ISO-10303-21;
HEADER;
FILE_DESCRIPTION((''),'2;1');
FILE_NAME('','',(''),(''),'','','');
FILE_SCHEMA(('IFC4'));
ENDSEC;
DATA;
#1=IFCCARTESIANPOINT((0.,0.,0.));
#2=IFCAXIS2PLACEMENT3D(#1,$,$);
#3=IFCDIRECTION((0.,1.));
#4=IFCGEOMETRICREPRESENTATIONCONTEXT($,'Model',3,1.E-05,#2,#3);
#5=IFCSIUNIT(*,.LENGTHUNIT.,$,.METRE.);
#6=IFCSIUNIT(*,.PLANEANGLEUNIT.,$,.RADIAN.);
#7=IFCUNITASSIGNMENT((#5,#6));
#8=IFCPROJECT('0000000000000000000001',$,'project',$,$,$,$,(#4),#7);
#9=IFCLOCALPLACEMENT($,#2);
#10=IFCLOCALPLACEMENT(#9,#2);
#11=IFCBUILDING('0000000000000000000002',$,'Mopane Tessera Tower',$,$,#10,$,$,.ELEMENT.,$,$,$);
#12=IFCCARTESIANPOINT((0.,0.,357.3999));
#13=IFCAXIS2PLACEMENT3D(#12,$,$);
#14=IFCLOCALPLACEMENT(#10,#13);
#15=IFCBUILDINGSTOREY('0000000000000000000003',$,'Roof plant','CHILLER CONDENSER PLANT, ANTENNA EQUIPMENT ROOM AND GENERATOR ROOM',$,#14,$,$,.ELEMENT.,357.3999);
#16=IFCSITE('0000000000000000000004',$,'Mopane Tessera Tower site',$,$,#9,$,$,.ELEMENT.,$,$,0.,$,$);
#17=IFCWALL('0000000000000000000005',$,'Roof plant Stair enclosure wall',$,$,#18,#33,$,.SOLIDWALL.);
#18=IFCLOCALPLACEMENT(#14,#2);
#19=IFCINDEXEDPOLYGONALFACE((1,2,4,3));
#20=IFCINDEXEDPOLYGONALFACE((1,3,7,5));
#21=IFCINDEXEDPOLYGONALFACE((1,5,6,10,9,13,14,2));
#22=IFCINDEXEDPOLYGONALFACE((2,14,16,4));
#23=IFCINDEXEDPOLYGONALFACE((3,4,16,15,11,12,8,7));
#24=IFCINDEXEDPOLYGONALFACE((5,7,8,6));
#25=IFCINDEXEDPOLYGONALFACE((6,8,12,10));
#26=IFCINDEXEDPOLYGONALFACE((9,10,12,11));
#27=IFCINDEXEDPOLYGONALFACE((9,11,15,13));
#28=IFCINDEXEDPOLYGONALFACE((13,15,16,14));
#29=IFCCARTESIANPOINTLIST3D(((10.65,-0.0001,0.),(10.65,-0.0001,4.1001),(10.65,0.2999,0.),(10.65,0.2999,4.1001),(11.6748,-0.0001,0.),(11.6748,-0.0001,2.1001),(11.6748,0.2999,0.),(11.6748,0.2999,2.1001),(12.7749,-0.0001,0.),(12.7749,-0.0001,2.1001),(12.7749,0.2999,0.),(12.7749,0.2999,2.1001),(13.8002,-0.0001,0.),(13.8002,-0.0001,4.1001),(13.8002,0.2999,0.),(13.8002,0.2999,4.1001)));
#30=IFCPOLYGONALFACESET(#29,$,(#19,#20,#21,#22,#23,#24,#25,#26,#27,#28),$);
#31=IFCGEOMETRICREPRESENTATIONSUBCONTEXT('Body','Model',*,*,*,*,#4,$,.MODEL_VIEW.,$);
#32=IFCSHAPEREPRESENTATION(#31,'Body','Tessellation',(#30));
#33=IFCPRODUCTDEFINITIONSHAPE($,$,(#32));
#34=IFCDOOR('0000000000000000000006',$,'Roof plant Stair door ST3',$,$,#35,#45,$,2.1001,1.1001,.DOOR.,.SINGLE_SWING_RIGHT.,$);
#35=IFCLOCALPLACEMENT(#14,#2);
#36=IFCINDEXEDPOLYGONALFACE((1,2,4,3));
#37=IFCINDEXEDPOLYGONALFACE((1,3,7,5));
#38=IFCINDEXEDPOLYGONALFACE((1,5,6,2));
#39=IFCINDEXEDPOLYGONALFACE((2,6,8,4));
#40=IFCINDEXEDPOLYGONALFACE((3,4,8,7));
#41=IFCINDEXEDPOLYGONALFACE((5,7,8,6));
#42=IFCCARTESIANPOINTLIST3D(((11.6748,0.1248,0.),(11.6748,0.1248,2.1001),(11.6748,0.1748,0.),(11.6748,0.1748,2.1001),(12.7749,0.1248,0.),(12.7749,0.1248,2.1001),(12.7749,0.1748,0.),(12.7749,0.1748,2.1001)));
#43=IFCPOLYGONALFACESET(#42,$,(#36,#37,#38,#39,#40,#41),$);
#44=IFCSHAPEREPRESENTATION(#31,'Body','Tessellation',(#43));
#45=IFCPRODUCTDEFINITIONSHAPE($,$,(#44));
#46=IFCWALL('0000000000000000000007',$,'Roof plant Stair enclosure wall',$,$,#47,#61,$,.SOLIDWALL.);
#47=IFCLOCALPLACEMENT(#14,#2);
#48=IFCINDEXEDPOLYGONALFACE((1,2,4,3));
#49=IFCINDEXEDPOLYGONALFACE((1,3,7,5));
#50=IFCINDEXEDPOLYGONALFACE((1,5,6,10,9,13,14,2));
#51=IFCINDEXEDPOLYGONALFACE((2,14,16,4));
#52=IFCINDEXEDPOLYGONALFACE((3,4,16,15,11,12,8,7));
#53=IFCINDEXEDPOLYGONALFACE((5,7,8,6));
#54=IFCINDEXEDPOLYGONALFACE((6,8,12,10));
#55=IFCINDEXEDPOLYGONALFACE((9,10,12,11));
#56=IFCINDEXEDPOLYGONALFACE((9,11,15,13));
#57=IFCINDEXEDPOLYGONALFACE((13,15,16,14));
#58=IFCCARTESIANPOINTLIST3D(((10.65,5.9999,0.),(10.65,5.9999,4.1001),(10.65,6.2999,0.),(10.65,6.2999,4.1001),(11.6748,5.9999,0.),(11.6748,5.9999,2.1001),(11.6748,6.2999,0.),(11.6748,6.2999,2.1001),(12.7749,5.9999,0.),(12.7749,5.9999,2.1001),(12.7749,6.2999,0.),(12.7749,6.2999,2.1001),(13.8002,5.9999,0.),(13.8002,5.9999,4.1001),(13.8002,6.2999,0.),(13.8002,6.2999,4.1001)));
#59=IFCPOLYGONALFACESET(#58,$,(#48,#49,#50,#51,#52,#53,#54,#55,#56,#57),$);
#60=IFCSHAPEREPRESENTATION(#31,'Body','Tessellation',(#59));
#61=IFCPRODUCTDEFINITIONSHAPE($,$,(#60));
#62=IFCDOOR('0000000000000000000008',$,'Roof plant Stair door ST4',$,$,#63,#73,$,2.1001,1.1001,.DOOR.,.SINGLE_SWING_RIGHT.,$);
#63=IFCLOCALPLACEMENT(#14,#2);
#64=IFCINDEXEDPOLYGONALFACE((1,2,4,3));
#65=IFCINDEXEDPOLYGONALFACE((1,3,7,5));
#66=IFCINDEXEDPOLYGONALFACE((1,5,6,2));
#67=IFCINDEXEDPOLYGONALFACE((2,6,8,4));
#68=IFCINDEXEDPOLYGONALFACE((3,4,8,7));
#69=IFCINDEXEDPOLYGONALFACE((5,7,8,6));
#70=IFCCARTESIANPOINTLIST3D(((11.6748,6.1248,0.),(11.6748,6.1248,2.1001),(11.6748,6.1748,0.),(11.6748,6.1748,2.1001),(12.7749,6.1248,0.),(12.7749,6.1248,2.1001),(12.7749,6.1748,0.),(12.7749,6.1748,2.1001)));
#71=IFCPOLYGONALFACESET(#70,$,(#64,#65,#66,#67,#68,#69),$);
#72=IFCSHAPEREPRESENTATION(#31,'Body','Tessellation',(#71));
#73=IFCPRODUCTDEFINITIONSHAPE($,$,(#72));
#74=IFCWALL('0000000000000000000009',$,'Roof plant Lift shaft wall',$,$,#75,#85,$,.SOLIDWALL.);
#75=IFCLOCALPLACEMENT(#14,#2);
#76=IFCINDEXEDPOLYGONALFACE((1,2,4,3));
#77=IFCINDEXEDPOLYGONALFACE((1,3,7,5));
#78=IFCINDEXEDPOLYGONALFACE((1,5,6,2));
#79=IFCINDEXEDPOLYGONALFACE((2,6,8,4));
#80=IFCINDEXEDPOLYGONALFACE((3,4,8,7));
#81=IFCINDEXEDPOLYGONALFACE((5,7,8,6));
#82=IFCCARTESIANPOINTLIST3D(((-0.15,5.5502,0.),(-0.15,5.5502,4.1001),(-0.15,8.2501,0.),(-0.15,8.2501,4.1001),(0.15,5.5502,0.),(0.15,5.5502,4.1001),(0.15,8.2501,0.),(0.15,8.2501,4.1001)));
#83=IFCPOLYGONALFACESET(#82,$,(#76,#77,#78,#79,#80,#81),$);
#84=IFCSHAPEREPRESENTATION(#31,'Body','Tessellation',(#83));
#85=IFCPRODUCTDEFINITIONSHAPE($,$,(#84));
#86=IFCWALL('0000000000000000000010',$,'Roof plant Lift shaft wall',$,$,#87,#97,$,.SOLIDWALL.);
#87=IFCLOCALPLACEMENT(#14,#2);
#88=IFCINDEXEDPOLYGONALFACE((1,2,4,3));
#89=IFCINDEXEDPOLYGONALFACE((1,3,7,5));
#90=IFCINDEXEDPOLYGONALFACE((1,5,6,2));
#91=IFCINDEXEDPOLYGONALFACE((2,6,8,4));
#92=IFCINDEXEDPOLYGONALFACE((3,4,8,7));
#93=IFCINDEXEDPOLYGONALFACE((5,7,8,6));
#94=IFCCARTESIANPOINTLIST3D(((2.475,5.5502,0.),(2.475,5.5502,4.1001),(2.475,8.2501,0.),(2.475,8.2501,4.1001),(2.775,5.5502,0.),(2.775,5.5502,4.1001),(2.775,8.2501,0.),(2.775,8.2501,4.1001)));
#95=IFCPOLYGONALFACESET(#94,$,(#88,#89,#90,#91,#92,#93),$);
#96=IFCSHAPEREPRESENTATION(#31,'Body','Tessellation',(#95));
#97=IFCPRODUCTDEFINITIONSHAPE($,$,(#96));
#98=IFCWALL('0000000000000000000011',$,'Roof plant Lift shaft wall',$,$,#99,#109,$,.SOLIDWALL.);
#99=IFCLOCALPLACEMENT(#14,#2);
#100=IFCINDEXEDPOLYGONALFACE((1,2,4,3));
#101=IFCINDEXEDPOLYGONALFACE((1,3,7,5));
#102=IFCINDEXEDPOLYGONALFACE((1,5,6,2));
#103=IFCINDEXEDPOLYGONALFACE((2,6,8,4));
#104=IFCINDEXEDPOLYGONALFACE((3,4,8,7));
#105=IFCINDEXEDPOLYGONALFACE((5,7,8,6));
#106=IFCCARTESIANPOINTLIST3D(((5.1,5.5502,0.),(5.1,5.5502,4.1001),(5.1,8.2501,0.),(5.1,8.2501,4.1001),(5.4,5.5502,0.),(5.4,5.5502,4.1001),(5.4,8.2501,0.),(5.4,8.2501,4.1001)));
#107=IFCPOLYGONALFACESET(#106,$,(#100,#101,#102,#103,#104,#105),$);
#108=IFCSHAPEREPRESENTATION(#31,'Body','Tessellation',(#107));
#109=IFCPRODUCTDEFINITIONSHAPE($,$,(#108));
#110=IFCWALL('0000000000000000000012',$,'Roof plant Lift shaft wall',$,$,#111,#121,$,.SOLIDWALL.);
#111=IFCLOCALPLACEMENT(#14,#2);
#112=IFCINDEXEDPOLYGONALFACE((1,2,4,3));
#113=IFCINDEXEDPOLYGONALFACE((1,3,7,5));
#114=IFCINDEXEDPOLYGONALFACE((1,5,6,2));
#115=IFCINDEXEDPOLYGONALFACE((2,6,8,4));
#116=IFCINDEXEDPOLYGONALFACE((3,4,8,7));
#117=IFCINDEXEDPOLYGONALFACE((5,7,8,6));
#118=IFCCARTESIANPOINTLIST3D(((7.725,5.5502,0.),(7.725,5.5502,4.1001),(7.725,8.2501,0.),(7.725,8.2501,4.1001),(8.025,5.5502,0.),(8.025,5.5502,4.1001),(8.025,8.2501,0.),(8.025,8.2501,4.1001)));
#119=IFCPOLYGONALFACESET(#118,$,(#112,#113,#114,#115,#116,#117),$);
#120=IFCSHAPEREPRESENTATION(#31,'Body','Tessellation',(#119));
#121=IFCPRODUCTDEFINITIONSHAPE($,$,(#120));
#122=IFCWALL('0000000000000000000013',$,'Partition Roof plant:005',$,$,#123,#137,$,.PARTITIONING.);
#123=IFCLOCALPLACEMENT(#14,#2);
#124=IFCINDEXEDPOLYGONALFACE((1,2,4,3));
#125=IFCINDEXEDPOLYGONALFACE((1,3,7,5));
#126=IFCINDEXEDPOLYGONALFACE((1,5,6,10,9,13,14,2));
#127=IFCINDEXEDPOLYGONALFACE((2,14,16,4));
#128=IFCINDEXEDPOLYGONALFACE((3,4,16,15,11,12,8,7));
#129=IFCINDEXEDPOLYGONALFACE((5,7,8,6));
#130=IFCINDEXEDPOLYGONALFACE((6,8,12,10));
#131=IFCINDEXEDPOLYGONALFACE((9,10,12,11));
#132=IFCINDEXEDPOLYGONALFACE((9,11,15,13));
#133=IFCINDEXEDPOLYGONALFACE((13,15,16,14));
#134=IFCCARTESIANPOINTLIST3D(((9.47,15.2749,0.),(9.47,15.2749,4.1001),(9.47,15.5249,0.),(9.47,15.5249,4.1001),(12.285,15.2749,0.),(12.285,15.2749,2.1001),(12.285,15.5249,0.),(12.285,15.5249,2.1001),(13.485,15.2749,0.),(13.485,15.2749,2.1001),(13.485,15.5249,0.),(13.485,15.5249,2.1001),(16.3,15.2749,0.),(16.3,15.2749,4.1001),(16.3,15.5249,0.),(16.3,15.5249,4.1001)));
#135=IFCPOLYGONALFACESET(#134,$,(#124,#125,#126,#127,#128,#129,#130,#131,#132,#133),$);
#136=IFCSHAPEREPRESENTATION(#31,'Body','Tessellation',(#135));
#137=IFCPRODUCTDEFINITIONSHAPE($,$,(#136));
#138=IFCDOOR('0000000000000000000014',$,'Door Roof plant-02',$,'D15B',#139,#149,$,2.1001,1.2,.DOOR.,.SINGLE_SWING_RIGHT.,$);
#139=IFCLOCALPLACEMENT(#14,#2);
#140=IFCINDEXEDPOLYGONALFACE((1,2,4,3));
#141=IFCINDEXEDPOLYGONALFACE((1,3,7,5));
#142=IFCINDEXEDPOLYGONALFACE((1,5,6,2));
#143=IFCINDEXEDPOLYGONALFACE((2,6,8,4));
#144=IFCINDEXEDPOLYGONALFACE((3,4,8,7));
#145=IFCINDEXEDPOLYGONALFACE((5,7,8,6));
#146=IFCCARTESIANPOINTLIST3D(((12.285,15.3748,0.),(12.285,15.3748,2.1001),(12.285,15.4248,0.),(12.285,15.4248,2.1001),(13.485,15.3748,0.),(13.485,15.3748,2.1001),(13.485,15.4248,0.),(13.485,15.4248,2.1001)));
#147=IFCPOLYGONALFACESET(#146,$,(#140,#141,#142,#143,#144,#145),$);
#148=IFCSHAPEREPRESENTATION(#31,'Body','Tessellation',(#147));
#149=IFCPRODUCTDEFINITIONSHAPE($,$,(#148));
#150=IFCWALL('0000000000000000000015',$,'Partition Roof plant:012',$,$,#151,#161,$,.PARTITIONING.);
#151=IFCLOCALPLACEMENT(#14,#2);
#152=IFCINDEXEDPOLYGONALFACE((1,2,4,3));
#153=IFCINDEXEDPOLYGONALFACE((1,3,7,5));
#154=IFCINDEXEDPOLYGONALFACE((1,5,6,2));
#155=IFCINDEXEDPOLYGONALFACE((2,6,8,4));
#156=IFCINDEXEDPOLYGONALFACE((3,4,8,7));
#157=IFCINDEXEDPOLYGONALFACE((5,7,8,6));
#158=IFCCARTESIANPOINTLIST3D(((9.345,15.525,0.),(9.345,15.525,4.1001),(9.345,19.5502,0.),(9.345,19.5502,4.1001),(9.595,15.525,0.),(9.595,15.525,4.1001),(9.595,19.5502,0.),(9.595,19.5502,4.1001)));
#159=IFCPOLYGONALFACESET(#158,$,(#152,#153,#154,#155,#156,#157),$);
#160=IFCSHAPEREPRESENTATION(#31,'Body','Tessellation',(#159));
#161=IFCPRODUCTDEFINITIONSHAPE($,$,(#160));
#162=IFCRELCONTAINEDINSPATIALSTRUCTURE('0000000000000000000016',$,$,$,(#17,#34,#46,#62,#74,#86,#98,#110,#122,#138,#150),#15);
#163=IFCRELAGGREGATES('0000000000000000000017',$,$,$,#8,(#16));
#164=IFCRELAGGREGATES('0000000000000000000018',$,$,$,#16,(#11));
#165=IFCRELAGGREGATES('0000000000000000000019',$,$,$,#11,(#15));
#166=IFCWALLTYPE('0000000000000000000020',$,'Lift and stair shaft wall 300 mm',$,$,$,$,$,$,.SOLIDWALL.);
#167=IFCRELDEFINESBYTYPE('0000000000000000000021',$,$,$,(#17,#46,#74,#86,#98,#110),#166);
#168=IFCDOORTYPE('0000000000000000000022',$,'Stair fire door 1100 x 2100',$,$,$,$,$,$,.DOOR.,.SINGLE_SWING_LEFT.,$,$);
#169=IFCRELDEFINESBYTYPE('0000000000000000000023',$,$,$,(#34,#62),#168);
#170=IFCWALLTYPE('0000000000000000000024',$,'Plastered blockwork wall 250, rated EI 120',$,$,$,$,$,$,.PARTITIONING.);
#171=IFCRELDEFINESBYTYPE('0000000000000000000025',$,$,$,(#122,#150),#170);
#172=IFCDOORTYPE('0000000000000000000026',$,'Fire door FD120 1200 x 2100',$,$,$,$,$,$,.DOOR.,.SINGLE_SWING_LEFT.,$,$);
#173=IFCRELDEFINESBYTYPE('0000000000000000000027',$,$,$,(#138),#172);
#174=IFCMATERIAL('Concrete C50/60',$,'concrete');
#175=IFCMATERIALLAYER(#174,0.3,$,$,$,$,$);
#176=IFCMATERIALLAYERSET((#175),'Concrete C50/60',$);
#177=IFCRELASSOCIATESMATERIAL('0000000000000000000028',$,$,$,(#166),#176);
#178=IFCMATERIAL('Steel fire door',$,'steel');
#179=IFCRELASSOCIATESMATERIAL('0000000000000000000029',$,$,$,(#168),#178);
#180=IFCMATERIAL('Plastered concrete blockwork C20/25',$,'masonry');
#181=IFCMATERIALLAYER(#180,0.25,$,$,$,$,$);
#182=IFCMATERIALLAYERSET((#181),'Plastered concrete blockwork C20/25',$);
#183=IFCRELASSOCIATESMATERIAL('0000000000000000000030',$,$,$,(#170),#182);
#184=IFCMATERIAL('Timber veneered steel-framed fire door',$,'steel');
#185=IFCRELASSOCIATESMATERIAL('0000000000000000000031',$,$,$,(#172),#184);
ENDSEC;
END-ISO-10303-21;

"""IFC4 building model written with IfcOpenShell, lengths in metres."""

from ifc_helpers import new_model, si_unit, direction, frame, frame_2d, origin, place, context, subcontext, project, spatial, rectangle, extrude, material, layer, layer_set, type_object, element, fill, save


model = new_model("IFC4")

# Units and contexts
model_context = context("Model", 3, precision=1e-05, world=origin(), true_north=direction((0.0, 1.0)))
body_context = subcontext(model_context, "Body", "Model", "MODEL_VIEW")
ifc_project = project(units=[si_unit("LENGTHUNIT", "METRE"), si_unit("PLANEANGLEUNIT", "RADIAN")], contexts=[model_context])

# Site, building, storey
site_placement = place(None, origin())
site = spatial("IfcSite", under=ifc_project, at=site_placement, Name="Mopane Tessera Tower site", CompositionType="ELEMENT", RefElevation=0.0)
building_placement = place(site_placement, origin())
building = spatial("IfcBuilding", under=site, at=building_placement, Name="Mopane Tessera Tower", CompositionType="ELEMENT")
storey_placement = place(building_placement, frame((0.0, 0.0, 357.3999)))
storey = spatial("IfcBuildingStorey", under=building, at=storey_placement, Name="Roof plant", Description="CHILLER CONDENSER PLANT, ANTENNA EQUIPMENT ROOM AND GENERATOR ROOM", CompositionType="ELEMENT", Elevation=357.3999)

# Walls, openings, doors
ifc_material_1 = material(Name="Concrete C50/60", Category="concrete")
ifc_layer_1 = layer(ifc_material_1, 0.3)
ifc_layer_set_1 = layer_set([ifc_layer_1], Name="Concrete C50/60")
wall_type_1 = type_object("IfcWallType", Name="Lift and stair shaft wall 300 mm", PredefinedType="SOLIDWALL", material=ifc_layer_set_1)
wall_1_placement = place(storey_placement, frame((10.6499, 0.1499, 0.0), z_axis=(0.0, 0.0, 1.0), x_axis=(1.0, 0.0, 0.0)))
wall_1 = element("IfcWall", 1, at=wall_1_placement, inside=storey, type_object=wall_type_1, Name="Roof plant Stair enclosure wall", PredefinedType="SOLIDWALL", context=body_context, shape_type="SweptSolid", body=[
    extrude(rectangle(XDim=3.1501, YDim=0.3, at=frame_2d((1.5752, 0.0))), origin(), (0.0, 0.0, 1.0), 4.1001),
])
opening_1_placement = place(wall_1_placement, frame((1.0249, 0.0, 0.0)))
opening_1 = element("IfcOpeningElement", 2, at=opening_1_placement, cuts=wall_1, PredefinedType="OPENING", context=body_context, shape_type="SweptSolid", body=[
    extrude(rectangle(XDim=1.1001, YDim=2.1001, at=frame_2d((0.55, 1.05))), frame((0.0, 0.1621, 0.0), z_axis=(0.0, -1.0, 0.0), x_axis=(1.0, 0.0, 0.0)), (0.0, 0.0, 1.0), 0.324),
])
ifc_material_2 = material(Name="Steel fire door", Category="steel")
door_type_1 = type_object("IfcDoorType", Name="Stair fire door 1100 x 2100", OperationType="SINGLE_SWING_LEFT", PredefinedType="DOOR", material=ifc_material_2)
door_1_placement = place(opening_1_placement, origin())
door_1 = element("IfcDoor", 3, at=door_1_placement, inside=storey, type_object=door_type_1, Name="Roof plant Stair door ST3", OperationType="SINGLE_SWING_RIGHT", OverallHeight=2.1001, OverallWidth=1.1001, PredefinedType="DOOR", context=body_context, shape_type="SweptSolid", body=[
    extrude(rectangle(XDim=1.1001, YDim=2.1001, at=frame_2d((0.55, 1.05))), frame((0.0, 0.0249, 0.0), z_axis=(0.0, -1.0, 0.0), x_axis=(1.0, 0.0, 0.0)), (0.0, 0.0, 1.0), 0.05),
])
fill(opening_1, door_1)
wall_2_placement = place(storey_placement, frame((10.6499, 6.1499, 0.0), z_axis=(0.0, 0.0, 1.0), x_axis=(1.0, 0.0, 0.0)))
wall_2 = element("IfcWall", 4, at=wall_2_placement, inside=storey, type_object=wall_type_1, Name="Roof plant Stair enclosure wall", PredefinedType="SOLIDWALL", context=body_context, shape_type="SweptSolid", body=[
    extrude(rectangle(XDim=3.1501, YDim=0.3, at=frame_2d((1.5752, 0.0))), origin(), (0.0, 0.0, 1.0), 4.1001),
])
opening_2_placement = place(wall_2_placement, frame((1.0249, 0.0, 0.0)))
opening_2 = element("IfcOpeningElement", 5, at=opening_2_placement, cuts=wall_2, PredefinedType="OPENING", context=body_context, shape_type="SweptSolid", body=[
    extrude(rectangle(XDim=1.1001, YDim=2.1001, at=frame_2d((0.55, 1.05))), frame((0.0, 0.1621, 0.0), z_axis=(0.0, -1.0, 0.0), x_axis=(1.0, 0.0, 0.0)), (0.0, 0.0, 1.0), 0.324),
])
door_2_placement = place(opening_2_placement, origin())
door_2 = element("IfcDoor", 6, at=door_2_placement, inside=storey, type_object=door_type_1, Name="Roof plant Stair door ST4", OperationType="SINGLE_SWING_RIGHT", OverallHeight=2.1001, OverallWidth=1.1001, PredefinedType="DOOR", context=body_context, shape_type="SweptSolid", body=[
    extrude(rectangle(XDim=1.1001, YDim=2.1001, at=frame_2d((0.55, 1.05))), frame((0.0, 0.0249, 0.0), z_axis=(0.0, -1.0, 0.0), x_axis=(1.0, 0.0, 0.0)), (0.0, 0.0, 1.0), 0.05),
])
fill(opening_2, door_2)

# Walls
for number, where, z_axis, x_axis, name in (
    (7, (0.0, 5.55, 0.0), (0.0, 0.0, 1.0), (0.0, 1.0, 0.0), "Roof plant Lift shaft wall"),
    (8, (2.625, 5.55, 0.0), (0.0, 0.0, 1.0), (0.0, 1.0, 0.0), "Roof plant Lift shaft wall"),
    (9, (5.25, 5.55, 0.0), (0.0, 0.0, 1.0), (0.0, 1.0, 0.0), "Roof plant Lift shaft wall"),
    (10, (7.875, 5.55, 0.0), (0.0, 0.0, 1.0), (0.0, 1.0, 0.0), "Roof plant Lift shaft wall"),
):
    element("IfcWall", number, at=place(storey_placement, frame(where, z_axis=z_axis, x_axis=x_axis)), inside=storey, type_object=wall_type_1, Name=name, PredefinedType="SOLIDWALL", context=body_context, shape_type="SweptSolid", body=[
        extrude(rectangle(XDim=2.7, YDim=0.3, at=frame_2d((1.3501, 0.0))), origin(), (0.0, 0.0, 1.0), 4.1001),
    ])

# Wall, opening, door
ifc_material_3 = material(Name="Plastered concrete blockwork C20/25", Category="masonry")
ifc_layer_2 = layer(ifc_material_3, 0.25)
ifc_layer_set_2 = layer_set([ifc_layer_2], Name="Plastered concrete blockwork C20/25")
wall_type_2 = type_object("IfcWallType", Name="Plastered blockwork wall 250, rated EI 120", PredefinedType="PARTITIONING", material=ifc_layer_set_2)
wall_3_placement = place(storey_placement, frame((9.47, 15.3999, 0.0), z_axis=(0.0, 0.0, 1.0), x_axis=(1.0, 0.0, 0.0)))
wall_3 = element("IfcWall", 11, at=wall_3_placement, inside=storey, type_object=wall_type_2, Name="Partition Roof plant:005", PredefinedType="PARTITIONING", context=body_context, shape_type="SweptSolid", body=[
    extrude(rectangle(XDim=6.8301, YDim=0.25, at=frame_2d((3.415, 0.0))), origin(), (0.0, 0.0, 1.0), 4.1001),
])
opening_3_placement = place(wall_3_placement, frame((2.8149, 0.0, 0.0)))
opening_3 = element("IfcOpeningElement", 12, at=opening_3_placement, cuts=wall_3, PredefinedType="OPENING", context=body_context, shape_type="SweptSolid", body=[
    extrude(rectangle(XDim=1.2, YDim=2.1001, at=frame_2d((0.6001, 1.05))), frame((0.0, 0.137, 0.0), z_axis=(0.0, -1.0, 0.0), x_axis=(1.0, 0.0, 0.0)), (0.0, 0.0, 1.0), 0.2739),
])
ifc_material_4 = material(Name="Timber veneered steel-framed fire door", Category="steel")
door_type_2 = type_object("IfcDoorType", Name="Fire door FD120 1200 x 2100", OperationType="SINGLE_SWING_LEFT", PredefinedType="DOOR", material=ifc_material_4)
door_3_placement = place(opening_3_placement, origin())
door_3 = element("IfcDoor", 13, at=door_3_placement, inside=storey, type_object=door_type_2, Name="Door Roof plant-02", ObjectType="D15B", OperationType="SINGLE_SWING_RIGHT", OverallHeight=2.1001, OverallWidth=1.2, PredefinedType="DOOR", context=body_context, shape_type="SweptSolid", body=[
    extrude(rectangle(XDim=1.2, YDim=2.1001, at=frame_2d((0.6001, 1.05))), frame((0.0, 0.0249, 0.0), z_axis=(0.0, -1.0, 0.0), x_axis=(1.0, 0.0, 0.0)), (0.0, 0.0, 1.0), 0.05),
])
fill(opening_3, door_3)

# Wall
wall_4_placement = place(storey_placement, frame((9.47, 15.5249, 0.0), z_axis=(0.0, 0.0, 1.0), x_axis=(0.0, 1.0, 0.0)))
element("IfcWall", 14, at=wall_4_placement, inside=storey, type_object=wall_type_2, Name="Partition Roof plant:012", PredefinedType="PARTITIONING", context=body_context, shape_type="SweptSolid", body=[
    extrude(rectangle(XDim=4.0251, YDim=0.25, at=frame_2d((2.0127, 0.0))), origin(), (0.0, 0.0, 1.0), 4.1001),
])

save(model, "model.ifc")
